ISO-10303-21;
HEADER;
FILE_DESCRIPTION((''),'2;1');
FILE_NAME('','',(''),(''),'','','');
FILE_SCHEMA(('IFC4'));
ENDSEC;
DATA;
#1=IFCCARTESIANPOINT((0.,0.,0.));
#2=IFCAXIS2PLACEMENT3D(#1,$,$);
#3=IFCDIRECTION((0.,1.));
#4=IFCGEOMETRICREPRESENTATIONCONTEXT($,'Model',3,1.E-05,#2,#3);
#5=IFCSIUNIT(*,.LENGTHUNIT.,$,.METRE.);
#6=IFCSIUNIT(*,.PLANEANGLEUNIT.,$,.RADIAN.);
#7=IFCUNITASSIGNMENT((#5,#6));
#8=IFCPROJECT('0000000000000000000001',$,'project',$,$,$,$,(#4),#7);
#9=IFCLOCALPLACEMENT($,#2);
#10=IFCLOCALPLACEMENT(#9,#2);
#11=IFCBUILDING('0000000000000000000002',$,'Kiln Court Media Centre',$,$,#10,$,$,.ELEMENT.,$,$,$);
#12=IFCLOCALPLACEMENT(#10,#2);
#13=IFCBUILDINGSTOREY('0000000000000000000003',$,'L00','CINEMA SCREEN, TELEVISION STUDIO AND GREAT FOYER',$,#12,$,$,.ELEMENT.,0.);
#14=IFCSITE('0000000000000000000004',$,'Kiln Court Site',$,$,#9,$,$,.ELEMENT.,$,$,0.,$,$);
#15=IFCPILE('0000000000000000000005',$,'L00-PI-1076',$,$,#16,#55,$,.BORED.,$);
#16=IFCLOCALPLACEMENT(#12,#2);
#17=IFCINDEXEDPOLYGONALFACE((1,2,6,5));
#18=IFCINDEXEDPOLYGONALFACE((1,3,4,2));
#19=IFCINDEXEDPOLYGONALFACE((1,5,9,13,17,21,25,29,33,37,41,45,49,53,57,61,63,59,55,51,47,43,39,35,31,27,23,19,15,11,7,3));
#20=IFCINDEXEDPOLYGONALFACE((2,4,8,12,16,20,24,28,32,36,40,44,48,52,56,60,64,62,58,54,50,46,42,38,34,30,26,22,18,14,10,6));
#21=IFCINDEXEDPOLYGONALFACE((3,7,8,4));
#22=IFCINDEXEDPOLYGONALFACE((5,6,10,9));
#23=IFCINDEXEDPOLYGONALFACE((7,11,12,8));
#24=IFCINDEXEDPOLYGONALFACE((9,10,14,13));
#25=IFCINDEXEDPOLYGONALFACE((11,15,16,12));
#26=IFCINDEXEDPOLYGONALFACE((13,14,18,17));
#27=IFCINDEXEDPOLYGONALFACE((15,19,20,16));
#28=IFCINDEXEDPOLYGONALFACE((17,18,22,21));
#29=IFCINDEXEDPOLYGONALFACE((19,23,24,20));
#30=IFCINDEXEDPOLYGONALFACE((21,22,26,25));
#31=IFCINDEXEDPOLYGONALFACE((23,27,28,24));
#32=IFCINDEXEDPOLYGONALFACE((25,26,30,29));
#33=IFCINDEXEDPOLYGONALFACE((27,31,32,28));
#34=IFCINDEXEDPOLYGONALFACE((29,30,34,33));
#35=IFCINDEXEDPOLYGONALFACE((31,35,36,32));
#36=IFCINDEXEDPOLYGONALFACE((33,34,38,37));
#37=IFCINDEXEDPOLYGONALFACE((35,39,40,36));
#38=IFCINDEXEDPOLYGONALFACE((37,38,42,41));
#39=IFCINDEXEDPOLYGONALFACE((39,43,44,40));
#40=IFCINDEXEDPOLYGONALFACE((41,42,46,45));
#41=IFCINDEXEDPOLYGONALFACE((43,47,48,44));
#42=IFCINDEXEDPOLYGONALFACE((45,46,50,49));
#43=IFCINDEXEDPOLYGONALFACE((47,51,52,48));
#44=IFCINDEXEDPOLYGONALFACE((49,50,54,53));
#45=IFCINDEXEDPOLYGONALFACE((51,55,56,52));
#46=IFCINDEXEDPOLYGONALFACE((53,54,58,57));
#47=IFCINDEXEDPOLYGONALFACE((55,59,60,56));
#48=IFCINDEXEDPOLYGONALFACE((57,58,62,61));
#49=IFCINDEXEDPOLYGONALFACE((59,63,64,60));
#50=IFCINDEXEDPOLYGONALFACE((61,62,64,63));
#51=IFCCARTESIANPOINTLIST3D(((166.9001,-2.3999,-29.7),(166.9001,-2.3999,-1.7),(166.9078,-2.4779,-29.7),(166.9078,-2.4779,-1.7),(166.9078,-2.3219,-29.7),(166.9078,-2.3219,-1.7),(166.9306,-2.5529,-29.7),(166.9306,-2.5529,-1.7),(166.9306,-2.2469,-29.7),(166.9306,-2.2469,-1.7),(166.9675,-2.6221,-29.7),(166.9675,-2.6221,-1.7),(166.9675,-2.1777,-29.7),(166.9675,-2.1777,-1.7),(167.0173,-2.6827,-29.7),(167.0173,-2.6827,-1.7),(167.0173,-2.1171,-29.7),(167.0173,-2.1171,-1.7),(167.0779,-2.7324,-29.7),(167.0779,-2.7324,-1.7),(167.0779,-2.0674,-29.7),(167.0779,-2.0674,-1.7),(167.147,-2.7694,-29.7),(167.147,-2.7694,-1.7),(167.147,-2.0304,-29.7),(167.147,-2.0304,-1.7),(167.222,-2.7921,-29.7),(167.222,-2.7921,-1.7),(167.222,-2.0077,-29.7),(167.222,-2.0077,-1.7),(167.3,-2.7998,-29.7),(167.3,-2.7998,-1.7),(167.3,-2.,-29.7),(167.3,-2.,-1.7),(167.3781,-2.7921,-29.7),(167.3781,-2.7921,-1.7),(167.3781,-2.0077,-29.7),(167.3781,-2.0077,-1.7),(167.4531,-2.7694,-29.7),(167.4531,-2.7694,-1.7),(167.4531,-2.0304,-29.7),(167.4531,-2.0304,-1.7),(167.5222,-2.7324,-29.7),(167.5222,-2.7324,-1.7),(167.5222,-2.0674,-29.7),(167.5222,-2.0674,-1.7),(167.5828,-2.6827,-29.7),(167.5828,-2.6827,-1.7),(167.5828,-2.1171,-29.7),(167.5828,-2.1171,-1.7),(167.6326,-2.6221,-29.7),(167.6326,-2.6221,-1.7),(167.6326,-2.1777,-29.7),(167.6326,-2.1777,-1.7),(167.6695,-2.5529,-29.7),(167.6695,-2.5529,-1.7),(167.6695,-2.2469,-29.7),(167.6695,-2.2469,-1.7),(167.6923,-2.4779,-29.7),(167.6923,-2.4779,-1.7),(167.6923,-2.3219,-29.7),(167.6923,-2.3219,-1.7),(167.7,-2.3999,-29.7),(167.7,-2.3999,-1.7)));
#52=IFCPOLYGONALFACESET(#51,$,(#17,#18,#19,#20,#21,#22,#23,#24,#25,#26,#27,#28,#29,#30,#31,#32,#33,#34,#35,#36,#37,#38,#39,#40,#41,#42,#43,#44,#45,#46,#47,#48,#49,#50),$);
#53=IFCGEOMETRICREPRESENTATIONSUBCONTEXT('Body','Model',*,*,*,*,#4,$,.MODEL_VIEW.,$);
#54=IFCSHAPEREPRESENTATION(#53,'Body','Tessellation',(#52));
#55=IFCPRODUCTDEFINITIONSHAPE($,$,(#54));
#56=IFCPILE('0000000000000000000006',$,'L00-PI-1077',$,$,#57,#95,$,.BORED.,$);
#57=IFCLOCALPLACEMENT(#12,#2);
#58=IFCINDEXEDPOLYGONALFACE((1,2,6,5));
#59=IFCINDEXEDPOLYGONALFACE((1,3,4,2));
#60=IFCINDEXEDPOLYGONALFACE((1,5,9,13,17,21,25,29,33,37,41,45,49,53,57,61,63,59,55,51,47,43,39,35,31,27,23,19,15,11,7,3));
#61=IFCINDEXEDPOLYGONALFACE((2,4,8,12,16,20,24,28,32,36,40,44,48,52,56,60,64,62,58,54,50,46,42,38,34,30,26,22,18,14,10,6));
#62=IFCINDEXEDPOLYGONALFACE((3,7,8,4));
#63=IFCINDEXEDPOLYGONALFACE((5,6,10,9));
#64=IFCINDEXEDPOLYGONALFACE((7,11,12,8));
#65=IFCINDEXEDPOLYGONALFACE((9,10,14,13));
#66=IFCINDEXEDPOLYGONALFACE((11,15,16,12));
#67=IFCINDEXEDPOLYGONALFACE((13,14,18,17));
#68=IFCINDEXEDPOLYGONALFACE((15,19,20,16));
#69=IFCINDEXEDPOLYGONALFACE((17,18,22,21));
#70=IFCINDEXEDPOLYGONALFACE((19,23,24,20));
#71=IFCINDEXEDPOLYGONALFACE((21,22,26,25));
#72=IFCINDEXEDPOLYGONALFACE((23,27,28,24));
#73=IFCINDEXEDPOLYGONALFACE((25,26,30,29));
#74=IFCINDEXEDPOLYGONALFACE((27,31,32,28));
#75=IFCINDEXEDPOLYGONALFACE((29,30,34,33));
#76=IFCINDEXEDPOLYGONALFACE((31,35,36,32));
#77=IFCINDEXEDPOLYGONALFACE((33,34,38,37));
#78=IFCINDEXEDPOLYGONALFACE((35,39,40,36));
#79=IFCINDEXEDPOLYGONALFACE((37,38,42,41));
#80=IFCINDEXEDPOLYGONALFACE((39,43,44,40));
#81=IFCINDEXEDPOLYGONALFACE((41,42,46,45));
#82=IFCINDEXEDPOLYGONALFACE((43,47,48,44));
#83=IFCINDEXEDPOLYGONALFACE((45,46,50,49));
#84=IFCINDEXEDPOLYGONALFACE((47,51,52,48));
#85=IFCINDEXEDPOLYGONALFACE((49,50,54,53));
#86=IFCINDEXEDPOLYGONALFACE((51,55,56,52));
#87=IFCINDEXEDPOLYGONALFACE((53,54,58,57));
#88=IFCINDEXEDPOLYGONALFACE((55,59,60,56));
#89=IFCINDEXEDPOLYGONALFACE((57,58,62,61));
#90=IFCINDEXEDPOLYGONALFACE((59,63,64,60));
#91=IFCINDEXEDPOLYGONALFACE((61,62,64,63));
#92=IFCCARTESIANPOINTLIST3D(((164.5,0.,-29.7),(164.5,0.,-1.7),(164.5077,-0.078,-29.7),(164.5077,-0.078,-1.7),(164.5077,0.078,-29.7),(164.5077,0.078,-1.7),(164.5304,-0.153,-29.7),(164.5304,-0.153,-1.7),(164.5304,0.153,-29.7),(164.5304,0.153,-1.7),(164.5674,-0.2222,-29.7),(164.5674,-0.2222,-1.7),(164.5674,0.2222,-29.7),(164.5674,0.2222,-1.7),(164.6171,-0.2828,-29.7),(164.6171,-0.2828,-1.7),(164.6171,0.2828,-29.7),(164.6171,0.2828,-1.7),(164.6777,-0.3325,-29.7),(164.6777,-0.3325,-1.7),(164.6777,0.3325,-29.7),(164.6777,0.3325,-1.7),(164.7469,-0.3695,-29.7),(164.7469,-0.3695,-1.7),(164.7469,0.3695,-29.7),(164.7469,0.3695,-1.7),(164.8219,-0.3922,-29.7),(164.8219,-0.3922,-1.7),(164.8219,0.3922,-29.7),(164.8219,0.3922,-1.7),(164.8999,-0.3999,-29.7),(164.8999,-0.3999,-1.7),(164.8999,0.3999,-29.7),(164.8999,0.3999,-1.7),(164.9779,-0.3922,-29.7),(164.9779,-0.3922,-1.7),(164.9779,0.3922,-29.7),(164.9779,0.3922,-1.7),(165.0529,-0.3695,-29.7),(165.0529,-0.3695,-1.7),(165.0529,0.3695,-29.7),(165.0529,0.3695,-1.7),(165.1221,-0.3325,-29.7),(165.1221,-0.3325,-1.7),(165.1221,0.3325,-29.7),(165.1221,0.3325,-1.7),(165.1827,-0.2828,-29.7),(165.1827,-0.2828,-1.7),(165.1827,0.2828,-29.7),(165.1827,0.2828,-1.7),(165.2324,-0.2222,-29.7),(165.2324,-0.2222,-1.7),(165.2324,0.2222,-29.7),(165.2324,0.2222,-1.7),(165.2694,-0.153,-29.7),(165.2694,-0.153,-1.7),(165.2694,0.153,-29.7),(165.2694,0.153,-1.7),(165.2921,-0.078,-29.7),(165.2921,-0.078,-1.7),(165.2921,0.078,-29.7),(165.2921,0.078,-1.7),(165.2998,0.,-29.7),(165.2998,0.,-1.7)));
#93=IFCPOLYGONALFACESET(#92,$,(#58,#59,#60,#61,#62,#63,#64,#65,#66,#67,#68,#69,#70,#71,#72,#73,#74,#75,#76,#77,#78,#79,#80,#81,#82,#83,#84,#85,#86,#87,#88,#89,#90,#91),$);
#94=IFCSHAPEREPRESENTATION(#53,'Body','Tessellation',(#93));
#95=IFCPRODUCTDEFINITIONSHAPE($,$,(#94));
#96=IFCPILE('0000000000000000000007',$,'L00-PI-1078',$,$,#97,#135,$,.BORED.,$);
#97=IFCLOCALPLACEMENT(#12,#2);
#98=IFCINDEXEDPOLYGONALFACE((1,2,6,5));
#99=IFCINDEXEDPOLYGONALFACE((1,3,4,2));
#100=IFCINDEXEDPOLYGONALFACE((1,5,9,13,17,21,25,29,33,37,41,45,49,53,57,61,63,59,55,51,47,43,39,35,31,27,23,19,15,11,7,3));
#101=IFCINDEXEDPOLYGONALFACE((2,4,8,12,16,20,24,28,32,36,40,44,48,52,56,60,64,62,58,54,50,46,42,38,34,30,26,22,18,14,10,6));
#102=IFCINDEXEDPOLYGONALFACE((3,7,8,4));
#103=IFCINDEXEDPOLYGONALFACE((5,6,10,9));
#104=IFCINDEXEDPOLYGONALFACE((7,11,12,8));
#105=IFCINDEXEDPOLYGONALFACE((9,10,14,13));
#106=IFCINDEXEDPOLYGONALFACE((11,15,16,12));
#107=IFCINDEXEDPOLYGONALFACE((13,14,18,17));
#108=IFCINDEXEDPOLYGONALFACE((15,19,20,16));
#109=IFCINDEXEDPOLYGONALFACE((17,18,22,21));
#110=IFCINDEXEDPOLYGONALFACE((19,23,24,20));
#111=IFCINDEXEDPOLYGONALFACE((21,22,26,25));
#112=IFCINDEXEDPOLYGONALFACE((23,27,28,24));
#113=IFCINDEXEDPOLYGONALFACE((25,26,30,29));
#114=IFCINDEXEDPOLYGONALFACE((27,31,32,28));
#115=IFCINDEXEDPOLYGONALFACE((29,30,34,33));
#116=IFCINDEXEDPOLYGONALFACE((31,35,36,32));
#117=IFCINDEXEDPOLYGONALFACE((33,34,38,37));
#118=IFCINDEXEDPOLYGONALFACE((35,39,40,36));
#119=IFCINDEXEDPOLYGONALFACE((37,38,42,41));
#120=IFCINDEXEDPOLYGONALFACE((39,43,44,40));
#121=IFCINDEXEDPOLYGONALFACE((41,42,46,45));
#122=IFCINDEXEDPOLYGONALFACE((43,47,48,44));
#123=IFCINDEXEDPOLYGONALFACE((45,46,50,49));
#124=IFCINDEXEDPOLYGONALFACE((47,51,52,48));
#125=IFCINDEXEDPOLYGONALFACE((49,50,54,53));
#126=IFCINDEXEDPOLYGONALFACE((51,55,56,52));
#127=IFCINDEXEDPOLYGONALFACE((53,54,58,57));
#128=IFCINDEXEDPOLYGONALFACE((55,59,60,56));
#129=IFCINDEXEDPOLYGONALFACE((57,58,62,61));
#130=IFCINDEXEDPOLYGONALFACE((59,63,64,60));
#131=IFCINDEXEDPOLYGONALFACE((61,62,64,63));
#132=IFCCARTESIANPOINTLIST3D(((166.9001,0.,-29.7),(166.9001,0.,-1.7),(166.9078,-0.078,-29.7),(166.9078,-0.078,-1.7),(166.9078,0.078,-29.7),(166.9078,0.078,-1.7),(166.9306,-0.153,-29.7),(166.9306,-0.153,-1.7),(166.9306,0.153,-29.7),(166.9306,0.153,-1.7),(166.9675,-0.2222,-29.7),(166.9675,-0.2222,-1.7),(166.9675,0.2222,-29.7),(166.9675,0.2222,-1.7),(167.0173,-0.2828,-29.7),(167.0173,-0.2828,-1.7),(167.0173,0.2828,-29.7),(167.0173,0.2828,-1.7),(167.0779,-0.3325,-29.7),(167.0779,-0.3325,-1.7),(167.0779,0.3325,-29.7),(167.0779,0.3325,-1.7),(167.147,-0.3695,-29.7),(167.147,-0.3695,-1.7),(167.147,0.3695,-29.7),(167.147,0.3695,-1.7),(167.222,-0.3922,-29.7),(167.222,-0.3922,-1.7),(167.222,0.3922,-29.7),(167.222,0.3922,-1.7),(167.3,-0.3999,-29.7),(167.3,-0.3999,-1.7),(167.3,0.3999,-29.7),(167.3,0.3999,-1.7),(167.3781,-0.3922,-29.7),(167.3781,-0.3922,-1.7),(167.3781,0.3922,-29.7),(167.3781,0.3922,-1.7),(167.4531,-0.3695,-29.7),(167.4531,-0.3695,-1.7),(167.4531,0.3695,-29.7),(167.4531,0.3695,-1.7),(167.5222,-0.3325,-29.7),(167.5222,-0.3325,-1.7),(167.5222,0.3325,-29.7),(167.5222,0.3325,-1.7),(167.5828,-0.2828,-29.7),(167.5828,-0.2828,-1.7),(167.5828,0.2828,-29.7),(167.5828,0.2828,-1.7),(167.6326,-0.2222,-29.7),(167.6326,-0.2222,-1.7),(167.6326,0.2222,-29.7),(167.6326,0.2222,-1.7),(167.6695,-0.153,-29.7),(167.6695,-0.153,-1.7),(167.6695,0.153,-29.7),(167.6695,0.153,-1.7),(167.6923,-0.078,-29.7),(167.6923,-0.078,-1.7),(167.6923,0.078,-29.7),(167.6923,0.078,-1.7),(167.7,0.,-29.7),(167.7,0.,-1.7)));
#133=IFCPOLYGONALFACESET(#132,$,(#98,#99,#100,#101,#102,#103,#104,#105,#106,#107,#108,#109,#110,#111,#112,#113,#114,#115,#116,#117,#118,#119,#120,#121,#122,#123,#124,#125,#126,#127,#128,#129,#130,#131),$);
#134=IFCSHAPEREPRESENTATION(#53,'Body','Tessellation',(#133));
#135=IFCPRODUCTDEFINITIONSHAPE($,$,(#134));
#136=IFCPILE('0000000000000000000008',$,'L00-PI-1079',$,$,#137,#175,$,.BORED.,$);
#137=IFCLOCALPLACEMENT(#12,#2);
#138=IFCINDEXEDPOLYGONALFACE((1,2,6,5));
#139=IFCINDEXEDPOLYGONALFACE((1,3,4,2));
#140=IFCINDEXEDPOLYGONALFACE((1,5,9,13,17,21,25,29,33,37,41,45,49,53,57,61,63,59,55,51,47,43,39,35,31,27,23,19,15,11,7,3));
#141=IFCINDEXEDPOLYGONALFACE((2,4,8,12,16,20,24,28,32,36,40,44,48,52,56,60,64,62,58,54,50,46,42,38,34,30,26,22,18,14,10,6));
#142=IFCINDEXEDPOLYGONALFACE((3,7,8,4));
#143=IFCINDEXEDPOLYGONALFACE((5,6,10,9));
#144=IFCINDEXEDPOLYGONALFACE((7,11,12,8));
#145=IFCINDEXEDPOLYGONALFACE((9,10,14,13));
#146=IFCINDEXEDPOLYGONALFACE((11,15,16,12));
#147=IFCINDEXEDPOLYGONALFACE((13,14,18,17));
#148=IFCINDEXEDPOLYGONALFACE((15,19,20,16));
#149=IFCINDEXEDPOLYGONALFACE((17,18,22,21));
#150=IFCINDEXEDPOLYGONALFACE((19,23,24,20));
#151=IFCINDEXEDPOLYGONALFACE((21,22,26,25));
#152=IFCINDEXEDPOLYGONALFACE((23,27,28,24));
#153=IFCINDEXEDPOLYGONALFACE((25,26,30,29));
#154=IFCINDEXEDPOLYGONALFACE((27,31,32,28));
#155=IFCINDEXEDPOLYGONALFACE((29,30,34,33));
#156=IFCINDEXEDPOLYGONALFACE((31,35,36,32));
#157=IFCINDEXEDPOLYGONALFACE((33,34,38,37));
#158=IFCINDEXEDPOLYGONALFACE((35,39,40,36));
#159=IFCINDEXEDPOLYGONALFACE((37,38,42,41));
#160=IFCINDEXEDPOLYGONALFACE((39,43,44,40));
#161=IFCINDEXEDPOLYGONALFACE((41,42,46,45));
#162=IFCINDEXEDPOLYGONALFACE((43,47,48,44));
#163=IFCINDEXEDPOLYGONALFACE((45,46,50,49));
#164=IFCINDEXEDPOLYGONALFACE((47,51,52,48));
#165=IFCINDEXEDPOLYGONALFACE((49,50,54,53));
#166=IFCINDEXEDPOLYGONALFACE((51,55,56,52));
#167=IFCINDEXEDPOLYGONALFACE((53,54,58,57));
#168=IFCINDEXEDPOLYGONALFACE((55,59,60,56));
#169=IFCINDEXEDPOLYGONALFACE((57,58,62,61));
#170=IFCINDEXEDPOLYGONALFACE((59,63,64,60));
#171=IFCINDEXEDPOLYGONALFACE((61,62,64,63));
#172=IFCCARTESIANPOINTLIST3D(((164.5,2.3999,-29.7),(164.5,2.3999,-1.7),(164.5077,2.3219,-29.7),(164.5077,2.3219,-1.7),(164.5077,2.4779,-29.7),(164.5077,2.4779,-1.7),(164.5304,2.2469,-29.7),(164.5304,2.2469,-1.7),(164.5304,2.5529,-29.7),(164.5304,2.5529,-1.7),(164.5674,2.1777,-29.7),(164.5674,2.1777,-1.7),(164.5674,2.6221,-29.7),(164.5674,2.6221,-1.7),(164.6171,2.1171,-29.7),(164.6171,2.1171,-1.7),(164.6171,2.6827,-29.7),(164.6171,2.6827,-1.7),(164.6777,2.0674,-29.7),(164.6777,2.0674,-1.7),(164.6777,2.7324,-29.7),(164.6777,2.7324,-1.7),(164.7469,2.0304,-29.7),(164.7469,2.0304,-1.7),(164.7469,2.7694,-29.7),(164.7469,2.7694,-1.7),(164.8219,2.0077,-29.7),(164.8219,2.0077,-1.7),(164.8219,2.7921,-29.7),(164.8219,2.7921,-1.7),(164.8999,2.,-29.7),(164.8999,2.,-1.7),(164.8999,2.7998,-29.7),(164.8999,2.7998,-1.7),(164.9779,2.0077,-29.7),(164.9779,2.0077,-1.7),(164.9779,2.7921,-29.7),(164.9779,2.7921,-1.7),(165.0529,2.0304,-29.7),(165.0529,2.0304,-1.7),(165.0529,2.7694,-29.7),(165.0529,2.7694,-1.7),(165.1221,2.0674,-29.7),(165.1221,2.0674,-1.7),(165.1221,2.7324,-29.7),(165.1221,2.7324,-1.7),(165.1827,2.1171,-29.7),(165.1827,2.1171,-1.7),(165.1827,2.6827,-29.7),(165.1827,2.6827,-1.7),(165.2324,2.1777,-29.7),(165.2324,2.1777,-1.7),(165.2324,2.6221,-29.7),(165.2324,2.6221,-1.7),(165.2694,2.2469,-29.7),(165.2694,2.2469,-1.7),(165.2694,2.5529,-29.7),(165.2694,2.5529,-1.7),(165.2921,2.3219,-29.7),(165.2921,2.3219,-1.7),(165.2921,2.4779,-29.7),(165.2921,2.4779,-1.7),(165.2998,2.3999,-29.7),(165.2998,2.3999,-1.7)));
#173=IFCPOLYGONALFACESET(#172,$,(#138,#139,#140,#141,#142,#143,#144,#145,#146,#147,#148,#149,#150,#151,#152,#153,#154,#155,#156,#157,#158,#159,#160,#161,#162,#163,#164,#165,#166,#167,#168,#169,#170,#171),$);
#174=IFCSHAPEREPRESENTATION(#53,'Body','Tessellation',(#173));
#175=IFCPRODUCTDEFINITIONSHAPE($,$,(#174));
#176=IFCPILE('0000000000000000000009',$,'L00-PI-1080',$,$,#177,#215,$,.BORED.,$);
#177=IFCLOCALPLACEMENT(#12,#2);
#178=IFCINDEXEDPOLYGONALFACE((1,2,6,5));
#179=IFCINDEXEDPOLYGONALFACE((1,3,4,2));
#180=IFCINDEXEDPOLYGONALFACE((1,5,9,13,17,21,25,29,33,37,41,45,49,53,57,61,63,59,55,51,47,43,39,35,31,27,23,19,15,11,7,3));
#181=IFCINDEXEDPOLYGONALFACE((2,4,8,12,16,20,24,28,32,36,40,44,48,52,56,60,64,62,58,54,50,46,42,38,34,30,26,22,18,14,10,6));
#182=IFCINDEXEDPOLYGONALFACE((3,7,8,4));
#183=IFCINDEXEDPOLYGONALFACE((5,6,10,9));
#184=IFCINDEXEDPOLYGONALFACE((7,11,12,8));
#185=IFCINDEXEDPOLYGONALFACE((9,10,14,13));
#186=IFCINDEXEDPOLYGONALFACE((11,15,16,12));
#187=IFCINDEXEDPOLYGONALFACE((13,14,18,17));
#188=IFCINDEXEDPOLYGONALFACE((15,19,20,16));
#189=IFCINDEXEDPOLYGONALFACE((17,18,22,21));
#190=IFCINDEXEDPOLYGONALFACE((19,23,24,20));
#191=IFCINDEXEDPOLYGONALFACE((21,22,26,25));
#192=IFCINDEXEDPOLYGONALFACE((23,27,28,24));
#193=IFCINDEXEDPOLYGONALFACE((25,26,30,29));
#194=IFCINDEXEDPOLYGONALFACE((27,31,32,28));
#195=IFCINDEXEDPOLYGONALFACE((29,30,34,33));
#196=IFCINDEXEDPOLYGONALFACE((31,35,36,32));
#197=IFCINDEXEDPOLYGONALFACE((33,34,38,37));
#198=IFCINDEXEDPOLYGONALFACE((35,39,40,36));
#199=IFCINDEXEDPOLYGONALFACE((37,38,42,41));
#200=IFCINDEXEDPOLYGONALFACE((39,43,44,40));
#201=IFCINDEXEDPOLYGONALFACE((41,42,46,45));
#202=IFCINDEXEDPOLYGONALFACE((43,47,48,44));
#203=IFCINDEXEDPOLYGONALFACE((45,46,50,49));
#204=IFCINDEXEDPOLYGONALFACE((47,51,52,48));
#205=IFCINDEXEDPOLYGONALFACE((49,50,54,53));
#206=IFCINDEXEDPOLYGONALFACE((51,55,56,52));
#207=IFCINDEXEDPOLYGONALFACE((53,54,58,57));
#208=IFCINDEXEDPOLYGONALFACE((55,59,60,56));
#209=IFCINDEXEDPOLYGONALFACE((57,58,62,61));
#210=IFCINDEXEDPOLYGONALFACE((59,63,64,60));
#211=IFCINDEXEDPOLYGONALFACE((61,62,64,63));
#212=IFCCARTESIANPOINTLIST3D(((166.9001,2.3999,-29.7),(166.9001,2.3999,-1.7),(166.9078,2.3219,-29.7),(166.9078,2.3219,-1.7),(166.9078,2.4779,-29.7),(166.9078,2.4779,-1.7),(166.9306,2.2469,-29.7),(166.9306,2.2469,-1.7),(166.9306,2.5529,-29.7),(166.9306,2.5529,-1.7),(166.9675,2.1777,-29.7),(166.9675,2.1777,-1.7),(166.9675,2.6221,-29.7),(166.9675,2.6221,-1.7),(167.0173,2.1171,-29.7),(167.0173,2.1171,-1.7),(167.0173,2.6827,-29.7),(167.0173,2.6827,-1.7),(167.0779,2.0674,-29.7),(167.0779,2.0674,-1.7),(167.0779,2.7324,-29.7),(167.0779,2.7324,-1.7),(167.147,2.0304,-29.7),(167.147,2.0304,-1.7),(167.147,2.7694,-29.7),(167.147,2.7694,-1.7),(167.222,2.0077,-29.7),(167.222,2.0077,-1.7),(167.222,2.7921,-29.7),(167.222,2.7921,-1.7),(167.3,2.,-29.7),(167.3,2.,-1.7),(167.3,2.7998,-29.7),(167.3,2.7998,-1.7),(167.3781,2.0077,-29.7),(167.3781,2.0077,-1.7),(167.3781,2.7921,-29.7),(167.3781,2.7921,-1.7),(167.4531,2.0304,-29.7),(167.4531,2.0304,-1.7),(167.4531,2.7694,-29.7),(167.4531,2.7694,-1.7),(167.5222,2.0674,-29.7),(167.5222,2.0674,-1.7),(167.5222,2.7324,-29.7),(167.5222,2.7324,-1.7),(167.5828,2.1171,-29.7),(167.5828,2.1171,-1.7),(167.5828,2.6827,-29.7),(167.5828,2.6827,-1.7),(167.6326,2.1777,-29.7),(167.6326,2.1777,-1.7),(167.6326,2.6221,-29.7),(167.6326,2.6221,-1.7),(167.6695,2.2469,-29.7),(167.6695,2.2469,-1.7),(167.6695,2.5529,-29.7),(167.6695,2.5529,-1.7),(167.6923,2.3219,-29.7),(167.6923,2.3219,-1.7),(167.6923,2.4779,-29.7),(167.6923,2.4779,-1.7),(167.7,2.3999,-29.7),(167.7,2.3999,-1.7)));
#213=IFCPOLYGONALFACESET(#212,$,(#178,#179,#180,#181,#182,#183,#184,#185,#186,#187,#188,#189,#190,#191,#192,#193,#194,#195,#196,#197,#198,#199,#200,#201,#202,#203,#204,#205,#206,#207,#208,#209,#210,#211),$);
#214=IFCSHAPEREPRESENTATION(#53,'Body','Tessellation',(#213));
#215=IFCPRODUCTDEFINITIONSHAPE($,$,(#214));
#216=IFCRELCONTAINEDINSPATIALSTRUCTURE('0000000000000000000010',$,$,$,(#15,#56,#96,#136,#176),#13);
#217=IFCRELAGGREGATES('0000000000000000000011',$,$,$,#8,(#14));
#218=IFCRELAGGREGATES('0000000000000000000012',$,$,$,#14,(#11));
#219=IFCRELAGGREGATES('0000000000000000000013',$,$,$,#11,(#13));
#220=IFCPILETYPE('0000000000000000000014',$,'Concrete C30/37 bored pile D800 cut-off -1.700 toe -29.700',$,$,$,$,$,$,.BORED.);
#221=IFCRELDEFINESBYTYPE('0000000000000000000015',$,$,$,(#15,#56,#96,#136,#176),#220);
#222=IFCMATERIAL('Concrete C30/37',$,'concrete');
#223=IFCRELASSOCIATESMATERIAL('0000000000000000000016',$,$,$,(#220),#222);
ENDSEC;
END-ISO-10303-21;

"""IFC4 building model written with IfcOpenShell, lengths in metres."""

from ifc_helpers import new_model, si_unit, direction, frame, origin, origin_2d, place, context, subcontext, project, spatial, circle, extrude, material, material_profile, profile_set, type_object, element, save


model = new_model("IFC4")

# Units and contexts
model_context = context("Model", 3, precision=1e-05, world=origin(), true_north=direction((0.0, 1.0)))
body_context = subcontext(model_context, "Body", "Model", "MODEL_VIEW")
ifc_project = project(units=[si_unit("LENGTHUNIT", "METRE"), si_unit("PLANEANGLEUNIT", "RADIAN")], contexts=[model_context])

# Site, building, storey
site_placement = place(None, origin())
site = spatial("IfcSite", under=ifc_project, at=site_placement, Name="Kiln Court Site", CompositionType="ELEMENT", RefElevation=0.0)
building_placement = place(site_placement, origin())
building = spatial("IfcBuilding", under=site, at=building_placement, Name="Kiln Court Media Centre", CompositionType="ELEMENT")
storey_placement = place(building_placement, origin())
storey = spatial("IfcBuildingStorey", under=building, at=storey_placement, Name="L00", Description="CINEMA SCREEN, TELEVISION STUDIO AND GREAT FOYER", CompositionType="ELEMENT", Elevation=0.0)

# Piles
ifc_material_1 = material(Name="Concrete C30/37", Category="concrete")
ifc_material_profile_1 = material_profile(ifc_material_1, circle(Radius=0.3999, at=origin_2d()), Name="PILE D800")
ifc_profile_set_1 = profile_set([ifc_material_profile_1], Name="Concrete C30/37")
pile_type = type_object("IfcPileType", Name="Concrete C30/37 bored pile D800 cut-off -1.700 toe -29.700", PredefinedType="BORED", material=ifc_profile_set_1)
for number, where, z_axis, x_axis, name in (
    (1, (167.3, -2.3999, -1.7), (0.0, 0.0, -1.0), (1.0, 0.0, 0.0), "L00-PI-1076"),
    (2, (164.8999, 0.0, -1.7), (0.0, 0.0, -1.0), (1.0, 0.0, 0.0), "L00-PI-1077"),
    (3, (167.3, 0.0, -1.7), (0.0, 0.0, -1.0), (1.0, 0.0, 0.0), "L00-PI-1078"),
    (4, (164.8999, 2.3999, -1.7), (0.0, 0.0, -1.0), (1.0, 0.0, 0.0), "L00-PI-1079"),
    (5, (167.3, 2.3999, -1.7), (0.0, 0.0, -1.0), (1.0, 0.0, 0.0), "L00-PI-1080"),
):
    element("IfcPile", number, at=place(storey_placement, frame(where, z_axis=z_axis, x_axis=x_axis)), inside=storey, type_object=pile_type, Name=name, PredefinedType="BORED", context=body_context, shape_type="SweptSolid", body=[
        extrude(circle(Radius=0.3999, at=origin_2d()), origin(), (0.0, 0.0, 1.0), 28.0),
    ])

save(model, "model.ifc")
